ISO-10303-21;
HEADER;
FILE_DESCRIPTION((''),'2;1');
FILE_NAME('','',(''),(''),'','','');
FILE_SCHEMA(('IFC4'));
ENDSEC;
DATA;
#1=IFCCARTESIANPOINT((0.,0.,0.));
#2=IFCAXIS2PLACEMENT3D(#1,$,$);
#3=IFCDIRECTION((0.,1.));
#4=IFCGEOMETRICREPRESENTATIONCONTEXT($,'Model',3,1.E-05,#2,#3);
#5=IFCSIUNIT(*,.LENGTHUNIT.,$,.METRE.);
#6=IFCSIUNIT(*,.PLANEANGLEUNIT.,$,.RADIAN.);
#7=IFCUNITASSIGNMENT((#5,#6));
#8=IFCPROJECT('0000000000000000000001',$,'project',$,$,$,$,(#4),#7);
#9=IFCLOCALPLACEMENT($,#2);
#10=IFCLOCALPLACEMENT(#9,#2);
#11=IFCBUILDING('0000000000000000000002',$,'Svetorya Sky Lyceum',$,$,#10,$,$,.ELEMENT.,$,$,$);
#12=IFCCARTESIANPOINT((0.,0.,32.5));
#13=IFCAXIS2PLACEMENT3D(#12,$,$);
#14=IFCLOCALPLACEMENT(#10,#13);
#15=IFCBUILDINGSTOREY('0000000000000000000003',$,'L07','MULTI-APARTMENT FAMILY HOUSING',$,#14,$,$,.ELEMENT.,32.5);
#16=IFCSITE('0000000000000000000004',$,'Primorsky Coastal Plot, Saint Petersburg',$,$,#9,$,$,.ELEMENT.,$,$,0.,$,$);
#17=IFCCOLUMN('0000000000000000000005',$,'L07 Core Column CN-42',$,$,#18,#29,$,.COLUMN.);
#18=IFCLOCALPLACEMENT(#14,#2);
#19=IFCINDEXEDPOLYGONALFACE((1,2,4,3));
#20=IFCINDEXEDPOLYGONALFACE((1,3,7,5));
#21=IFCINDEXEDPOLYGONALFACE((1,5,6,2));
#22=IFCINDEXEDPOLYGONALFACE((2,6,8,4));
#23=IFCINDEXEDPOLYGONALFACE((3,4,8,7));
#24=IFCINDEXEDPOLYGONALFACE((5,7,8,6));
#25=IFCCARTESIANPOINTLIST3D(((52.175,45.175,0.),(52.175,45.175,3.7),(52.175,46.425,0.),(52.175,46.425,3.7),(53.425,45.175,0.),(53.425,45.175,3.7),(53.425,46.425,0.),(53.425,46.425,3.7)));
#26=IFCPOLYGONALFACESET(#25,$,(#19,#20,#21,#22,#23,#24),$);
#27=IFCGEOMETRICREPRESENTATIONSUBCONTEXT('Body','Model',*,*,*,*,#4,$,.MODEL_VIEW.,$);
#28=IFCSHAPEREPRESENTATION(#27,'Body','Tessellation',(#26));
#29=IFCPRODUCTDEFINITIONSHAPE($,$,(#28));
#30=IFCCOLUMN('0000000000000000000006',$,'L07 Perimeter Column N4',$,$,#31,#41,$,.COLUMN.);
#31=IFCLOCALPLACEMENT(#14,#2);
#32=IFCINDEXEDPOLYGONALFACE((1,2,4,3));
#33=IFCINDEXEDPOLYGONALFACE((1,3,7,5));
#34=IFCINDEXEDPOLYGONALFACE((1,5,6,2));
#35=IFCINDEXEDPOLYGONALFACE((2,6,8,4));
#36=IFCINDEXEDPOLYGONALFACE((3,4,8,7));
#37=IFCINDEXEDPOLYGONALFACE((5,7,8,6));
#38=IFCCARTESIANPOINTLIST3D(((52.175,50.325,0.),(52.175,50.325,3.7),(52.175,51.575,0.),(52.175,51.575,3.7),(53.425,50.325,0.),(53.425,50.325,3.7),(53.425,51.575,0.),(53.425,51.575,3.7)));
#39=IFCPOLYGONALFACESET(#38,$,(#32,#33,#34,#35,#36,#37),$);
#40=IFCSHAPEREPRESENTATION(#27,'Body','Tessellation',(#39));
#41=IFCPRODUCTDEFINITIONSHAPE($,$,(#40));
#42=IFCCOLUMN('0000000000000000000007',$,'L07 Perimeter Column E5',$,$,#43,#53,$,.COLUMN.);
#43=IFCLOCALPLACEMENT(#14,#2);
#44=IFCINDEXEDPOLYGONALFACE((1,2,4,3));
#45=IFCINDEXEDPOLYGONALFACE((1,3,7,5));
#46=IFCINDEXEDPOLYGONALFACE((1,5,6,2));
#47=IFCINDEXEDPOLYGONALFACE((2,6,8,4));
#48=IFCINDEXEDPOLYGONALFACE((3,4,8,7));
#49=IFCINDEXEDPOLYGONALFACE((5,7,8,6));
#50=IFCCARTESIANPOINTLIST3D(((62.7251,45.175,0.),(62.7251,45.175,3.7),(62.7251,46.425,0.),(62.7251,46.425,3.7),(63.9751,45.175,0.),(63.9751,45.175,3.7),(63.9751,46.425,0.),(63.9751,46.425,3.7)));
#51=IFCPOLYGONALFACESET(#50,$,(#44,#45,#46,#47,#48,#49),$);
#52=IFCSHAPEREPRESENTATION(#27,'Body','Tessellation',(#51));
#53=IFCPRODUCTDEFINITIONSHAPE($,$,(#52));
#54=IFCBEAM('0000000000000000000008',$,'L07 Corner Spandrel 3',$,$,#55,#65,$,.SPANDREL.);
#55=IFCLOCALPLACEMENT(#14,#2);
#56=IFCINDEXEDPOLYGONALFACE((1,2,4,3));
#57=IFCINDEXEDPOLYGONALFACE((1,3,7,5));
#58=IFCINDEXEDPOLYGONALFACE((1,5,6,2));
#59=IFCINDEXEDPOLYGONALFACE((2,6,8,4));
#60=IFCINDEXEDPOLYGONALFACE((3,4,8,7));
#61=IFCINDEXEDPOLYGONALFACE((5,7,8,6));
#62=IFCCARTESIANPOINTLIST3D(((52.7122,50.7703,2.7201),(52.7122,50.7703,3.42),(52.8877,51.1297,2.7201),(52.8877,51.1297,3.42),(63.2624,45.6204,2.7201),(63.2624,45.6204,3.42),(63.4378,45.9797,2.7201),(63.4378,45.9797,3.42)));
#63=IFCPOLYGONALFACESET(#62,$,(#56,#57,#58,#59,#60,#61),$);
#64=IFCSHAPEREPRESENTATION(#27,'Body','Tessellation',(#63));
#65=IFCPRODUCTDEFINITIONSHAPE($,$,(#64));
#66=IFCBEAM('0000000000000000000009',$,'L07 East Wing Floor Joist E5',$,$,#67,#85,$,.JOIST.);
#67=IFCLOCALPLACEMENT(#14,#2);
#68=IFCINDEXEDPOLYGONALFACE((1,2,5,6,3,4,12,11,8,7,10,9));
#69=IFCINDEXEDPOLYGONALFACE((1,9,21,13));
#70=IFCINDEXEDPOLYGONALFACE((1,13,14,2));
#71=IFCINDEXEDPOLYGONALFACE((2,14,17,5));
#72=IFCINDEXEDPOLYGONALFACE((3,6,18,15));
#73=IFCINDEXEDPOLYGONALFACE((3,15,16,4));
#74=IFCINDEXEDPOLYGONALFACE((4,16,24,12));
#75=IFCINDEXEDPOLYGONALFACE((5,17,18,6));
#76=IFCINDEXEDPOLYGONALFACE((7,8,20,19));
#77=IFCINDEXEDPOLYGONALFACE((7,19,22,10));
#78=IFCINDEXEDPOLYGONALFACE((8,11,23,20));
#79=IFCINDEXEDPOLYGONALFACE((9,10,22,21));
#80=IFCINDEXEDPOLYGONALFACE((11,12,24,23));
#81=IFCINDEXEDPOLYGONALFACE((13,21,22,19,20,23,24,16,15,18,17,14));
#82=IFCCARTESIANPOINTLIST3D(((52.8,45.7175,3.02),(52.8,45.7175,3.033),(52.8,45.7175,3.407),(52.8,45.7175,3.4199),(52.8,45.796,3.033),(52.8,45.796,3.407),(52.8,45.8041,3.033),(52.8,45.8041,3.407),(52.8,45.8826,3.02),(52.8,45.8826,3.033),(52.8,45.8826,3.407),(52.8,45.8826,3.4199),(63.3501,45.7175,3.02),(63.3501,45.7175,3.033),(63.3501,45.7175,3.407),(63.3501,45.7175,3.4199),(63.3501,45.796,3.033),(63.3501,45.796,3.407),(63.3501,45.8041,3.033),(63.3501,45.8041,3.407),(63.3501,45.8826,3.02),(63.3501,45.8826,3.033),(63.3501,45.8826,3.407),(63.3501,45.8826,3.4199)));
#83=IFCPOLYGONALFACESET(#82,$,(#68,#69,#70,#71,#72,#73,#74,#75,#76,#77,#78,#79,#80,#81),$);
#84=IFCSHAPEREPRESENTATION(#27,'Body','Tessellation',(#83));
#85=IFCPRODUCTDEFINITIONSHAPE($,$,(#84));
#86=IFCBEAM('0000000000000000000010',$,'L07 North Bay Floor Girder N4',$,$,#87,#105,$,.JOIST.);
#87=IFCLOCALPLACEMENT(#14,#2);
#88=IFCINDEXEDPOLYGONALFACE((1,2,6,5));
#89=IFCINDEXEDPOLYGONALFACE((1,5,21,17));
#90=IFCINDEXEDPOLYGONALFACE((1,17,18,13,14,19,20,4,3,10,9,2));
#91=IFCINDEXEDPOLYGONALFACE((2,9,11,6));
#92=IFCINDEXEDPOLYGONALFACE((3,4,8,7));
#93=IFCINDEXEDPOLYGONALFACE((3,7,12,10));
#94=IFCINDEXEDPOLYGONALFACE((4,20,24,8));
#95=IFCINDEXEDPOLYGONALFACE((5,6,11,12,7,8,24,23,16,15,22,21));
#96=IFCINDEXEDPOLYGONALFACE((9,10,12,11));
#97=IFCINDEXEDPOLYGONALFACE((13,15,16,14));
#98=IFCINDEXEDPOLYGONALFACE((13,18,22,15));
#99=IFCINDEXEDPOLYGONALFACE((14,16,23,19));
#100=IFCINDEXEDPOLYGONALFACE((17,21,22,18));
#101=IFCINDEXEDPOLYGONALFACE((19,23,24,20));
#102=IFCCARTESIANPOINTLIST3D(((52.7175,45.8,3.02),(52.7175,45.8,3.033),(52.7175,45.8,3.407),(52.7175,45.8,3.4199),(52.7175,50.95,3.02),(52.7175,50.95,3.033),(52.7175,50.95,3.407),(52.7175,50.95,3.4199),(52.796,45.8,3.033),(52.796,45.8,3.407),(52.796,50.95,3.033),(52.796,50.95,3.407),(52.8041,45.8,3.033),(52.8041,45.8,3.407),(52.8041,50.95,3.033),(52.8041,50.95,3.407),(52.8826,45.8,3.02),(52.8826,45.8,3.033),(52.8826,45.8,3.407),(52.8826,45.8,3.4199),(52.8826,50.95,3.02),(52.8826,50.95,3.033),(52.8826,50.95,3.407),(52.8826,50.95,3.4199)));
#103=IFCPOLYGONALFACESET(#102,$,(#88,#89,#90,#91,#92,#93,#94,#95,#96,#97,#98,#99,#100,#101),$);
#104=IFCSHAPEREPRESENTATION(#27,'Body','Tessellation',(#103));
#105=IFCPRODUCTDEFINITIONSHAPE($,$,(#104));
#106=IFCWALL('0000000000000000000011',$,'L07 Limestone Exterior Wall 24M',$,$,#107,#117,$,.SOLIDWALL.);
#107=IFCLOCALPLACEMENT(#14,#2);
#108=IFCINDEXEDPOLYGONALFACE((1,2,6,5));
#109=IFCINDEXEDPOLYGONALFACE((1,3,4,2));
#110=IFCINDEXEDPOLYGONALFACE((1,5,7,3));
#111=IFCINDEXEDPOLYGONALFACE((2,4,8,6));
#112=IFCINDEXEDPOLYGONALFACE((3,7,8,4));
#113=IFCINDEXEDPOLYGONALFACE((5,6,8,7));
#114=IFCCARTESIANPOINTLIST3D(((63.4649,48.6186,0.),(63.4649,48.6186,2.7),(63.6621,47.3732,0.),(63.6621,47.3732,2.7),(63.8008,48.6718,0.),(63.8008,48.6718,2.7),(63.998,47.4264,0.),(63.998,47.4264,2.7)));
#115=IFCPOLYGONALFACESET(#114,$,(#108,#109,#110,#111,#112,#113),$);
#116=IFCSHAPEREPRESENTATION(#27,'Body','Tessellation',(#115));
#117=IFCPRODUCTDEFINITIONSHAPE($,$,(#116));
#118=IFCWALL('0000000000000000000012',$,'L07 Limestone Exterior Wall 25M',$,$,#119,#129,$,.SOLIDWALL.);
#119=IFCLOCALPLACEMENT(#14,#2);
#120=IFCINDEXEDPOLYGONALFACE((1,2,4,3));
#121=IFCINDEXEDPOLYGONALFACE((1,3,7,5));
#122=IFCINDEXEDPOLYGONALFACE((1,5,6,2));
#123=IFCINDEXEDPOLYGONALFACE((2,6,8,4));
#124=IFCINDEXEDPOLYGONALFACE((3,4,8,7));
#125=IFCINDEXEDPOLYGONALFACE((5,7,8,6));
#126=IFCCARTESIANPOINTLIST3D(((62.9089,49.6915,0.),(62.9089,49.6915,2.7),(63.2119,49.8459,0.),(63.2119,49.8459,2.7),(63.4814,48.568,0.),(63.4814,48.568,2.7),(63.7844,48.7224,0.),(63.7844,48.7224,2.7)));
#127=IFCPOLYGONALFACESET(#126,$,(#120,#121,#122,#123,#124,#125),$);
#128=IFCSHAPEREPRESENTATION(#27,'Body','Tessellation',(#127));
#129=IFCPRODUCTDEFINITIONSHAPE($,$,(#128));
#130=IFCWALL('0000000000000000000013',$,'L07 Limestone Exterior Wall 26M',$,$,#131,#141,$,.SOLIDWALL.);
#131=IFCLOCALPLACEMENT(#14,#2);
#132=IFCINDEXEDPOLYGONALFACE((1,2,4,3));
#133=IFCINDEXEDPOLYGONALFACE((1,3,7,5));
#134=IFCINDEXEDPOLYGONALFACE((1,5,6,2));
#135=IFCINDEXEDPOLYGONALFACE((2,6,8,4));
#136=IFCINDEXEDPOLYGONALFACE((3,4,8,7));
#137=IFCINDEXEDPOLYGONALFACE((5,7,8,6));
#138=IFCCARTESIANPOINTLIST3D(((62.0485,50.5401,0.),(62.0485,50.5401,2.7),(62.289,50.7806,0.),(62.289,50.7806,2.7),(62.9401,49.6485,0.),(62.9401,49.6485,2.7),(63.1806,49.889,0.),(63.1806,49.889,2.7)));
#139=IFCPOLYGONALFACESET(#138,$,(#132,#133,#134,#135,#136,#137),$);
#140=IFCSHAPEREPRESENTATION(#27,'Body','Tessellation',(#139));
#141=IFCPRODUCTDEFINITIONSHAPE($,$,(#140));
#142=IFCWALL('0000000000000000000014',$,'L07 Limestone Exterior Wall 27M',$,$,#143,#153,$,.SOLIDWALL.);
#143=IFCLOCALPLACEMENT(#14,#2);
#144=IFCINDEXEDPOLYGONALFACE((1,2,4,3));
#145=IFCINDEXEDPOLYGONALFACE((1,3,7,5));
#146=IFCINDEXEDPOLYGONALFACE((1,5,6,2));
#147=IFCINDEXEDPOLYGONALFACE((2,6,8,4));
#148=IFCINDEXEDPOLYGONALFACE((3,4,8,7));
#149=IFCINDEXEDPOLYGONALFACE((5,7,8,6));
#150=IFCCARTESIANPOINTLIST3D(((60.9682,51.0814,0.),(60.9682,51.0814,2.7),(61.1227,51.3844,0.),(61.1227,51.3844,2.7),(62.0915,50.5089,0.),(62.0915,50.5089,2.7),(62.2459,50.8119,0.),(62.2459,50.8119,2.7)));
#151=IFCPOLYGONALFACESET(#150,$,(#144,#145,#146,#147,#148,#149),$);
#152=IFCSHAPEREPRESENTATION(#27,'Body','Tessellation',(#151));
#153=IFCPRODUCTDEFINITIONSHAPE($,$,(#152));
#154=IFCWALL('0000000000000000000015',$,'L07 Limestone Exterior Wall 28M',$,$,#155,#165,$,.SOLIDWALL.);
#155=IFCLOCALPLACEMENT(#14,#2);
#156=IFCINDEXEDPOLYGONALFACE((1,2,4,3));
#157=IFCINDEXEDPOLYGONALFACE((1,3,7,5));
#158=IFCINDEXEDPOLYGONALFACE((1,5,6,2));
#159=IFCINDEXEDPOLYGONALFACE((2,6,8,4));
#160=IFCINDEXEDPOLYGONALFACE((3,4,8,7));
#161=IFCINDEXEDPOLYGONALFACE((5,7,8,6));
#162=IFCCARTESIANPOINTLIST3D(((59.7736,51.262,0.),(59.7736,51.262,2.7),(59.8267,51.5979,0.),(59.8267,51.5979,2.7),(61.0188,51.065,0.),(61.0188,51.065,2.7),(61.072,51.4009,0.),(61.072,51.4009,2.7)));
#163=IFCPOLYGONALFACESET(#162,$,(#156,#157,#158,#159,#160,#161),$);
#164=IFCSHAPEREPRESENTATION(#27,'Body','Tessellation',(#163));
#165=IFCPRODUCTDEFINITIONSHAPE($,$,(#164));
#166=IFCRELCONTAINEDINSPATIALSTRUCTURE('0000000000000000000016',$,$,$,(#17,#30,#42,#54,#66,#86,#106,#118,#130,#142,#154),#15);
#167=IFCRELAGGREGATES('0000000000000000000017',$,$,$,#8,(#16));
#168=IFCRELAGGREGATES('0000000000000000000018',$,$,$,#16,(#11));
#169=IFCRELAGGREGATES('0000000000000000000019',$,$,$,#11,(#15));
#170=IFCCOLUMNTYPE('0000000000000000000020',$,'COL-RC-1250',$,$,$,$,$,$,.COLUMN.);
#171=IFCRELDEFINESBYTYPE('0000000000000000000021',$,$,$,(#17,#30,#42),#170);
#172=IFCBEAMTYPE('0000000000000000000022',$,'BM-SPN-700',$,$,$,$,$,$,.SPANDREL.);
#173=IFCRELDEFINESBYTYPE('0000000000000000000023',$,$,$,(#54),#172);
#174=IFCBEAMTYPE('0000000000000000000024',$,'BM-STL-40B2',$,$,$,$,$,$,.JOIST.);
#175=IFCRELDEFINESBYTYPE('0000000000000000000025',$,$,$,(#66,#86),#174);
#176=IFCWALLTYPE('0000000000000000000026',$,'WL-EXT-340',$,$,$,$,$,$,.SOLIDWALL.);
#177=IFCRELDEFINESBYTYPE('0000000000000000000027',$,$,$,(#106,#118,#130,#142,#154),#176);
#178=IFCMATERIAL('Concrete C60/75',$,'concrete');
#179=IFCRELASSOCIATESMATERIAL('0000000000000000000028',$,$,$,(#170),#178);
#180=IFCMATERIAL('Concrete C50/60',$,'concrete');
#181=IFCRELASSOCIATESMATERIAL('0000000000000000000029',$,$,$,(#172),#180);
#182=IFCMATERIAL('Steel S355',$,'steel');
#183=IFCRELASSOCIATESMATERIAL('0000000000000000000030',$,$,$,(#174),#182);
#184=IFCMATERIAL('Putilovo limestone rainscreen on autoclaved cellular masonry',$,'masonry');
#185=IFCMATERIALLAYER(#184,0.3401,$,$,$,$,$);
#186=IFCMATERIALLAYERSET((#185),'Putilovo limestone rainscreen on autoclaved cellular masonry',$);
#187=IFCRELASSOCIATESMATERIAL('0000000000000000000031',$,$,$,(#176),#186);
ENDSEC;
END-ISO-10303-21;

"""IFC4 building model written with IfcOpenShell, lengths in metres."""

from ifc_helpers import new_model, si_unit, direction, frame, frame_2d, origin, origin_2d, place, context, subcontext, project, spatial, rectangle, i_section, extrude, material, layer, layer_set, material_profile, profile_set, type_object, element, save


model = new_model("IFC4")

# Units and contexts
model_context = context("Model", 3, precision=1e-05, world=origin(), true_north=direction((0.0, 1.0)))
body_context = subcontext(model_context, "Body", "Model", "MODEL_VIEW")
ifc_project = project(units=[si_unit("LENGTHUNIT", "METRE"), si_unit("PLANEANGLEUNIT", "RADIAN")], contexts=[model_context])

# Site, building, storey
site_placement = place(None, origin())
site = spatial("IfcSite", under=ifc_project, at=site_placement, Name="Primorsky Coastal Plot, Saint Petersburg", CompositionType="ELEMENT", RefElevation=0.0)
building_placement = place(site_placement, origin())
building = spatial("IfcBuilding", under=site, at=building_placement, Name="Svetorya Sky Lyceum", CompositionType="ELEMENT")
storey_placement = place(building_placement, frame((0.0, 0.0, 32.5)))
storey = spatial("IfcBuildingStorey", under=building, at=storey_placement, Name="L07", Description="MULTI-APARTMENT FAMILY HOUSING", CompositionType="ELEMENT", Elevation=32.5)

# Columns
ifc_material_1 = material(Name="Concrete C60/75", Category="concrete")
ifc_material_profile_1 = material_profile(ifc_material_1, rectangle(XDim=1.25, YDim=1.25, at=origin_2d()), Name="RC COL 1250x1250")
ifc_profile_set_1 = profile_set([ifc_material_profile_1], Name="Concrete C60/75")
column_type = type_object("IfcColumnType", Name="COL-RC-1250", PredefinedType="COLUMN", material=ifc_profile_set_1)
for number, where, z_axis, x_axis, name in (
    (1, (52.8, 45.8, 0.0), (0.0, 0.0, 1.0), (1.0, 0.0, 0.0), "L07 Core Column CN-42"),
    (2, (52.8, 50.95, 0.0), (0.0, 0.0, 1.0), (1.0, 0.0, 0.0), "L07 Perimeter Column N4"),
    (3, (63.3501, 45.8, 0.0), (0.0, 0.0, 1.0), (1.0, 0.0, 0.0), "L07 Perimeter Column E5"),
):
    element("IfcColumn", number, at=place(storey_placement, frame(where, z_axis=z_axis, x_axis=x_axis)), inside=storey, type_object=column_type, Name=name, PredefinedType="COLUMN", context=body_context, shape_type="SweptSolid", body=[
        extrude(rectangle(XDim=1.25, YDim=1.25, at=origin_2d()), origin(), (0.0, 0.0, 1.0), 3.7),
    ])

# Beams
ifc_material_2 = material(Name="Concrete C50/60", Category="concrete")
ifc_material_profile_2 = material_profile(ifc_material_2, rectangle(XDim=0.3999, YDim=0.7, at=origin_2d()), Name="RC SPANDREL 400x700")
ifc_profile_set_2 = profile_set([ifc_material_profile_2], Name="Concrete C50/60")
beam_type_1 = type_object("IfcBeamType", Name="BM-SPN-700", PredefinedType="SPANDREL", material=ifc_profile_set_2)
beam_1_placement = place(storey_placement, frame((63.3501, 45.8, 3.0701), z_axis=(-0.89865, 0.438667, 0.0), x_axis=(-0.438667, -0.89865, 0.0)))
element("IfcBeam", 4, at=beam_1_placement, inside=storey, type_object=beam_type_1, Name="L07 Corner Spandrel 3", PredefinedType="SPANDREL", context=body_context, shape_type="SweptSolid", body=[
    extrude(rectangle(XDim=0.3999, YDim=0.7, at=origin_2d()), origin(), (0.0, 0.0, 1.0), 11.74),
])
ifc_material_3 = material(Name="Steel S355", Category="steel")
ifc_material_profile_3 = material_profile(ifc_material_3, i_section(OverallWidth=0.165, OverallDepth=0.3999, WebThickness=0.0081, FlangeThickness=0.0129, at=origin_2d()), Name="GOST 40B2")
ifc_profile_set_3 = profile_set([ifc_material_profile_3], Name="Steel S355")
beam_type_2 = type_object("IfcBeamType", Name="BM-STL-40B2", PredefinedType="JOIST", material=ifc_profile_set_3)
beam_2_placement = place(storey_placement, frame((52.8, 45.8, 3.22), z_axis=(1.0, 0.0, 0.0), x_axis=(0.0, 1.0, 0.0)))
element("IfcBeam", 5, at=beam_2_placement, inside=storey, type_object=beam_type_2, Name="L07 East Wing Floor Joist E5", PredefinedType="JOIST", context=body_context, shape_type="SweptSolid", body=[
    extrude(i_section(OverallWidth=0.165, OverallDepth=0.3999, WebThickness=0.0081, FlangeThickness=0.0129, at=origin_2d()), origin(), (0.0, 0.0, 1.0), 10.55),
])
beam_3_placement = place(storey_placement, frame((52.8, 45.8, 3.22), z_axis=(0.0, 1.0, 0.0), x_axis=(-1.0, 0.0, 0.0)))
element("IfcBeam", 6, at=beam_3_placement, inside=storey, type_object=beam_type_2, Name="L07 North Bay Floor Girder N4", PredefinedType="JOIST", context=body_context, shape_type="SweptSolid", body=[
    extrude(i_section(OverallWidth=0.165, OverallDepth=0.3999, WebThickness=0.0081, FlangeThickness=0.0129, at=origin_2d()), origin(), (0.0, 0.0, 1.0), 5.1499),
])

# Walls
ifc_material_4 = material(Name="Putilovo limestone rainscreen on autoclaved cellular masonry", Category="masonry")
ifc_layer_1 = layer(ifc_material_4, 0.3401)
ifc_layer_set_1 = layer_set([ifc_layer_1], Name="Putilovo limestone rainscreen on autoclaved cellular masonry")
wall_type_1 = type_object("IfcWallType", Name="WL-EXT-340", PredefinedType="SOLIDWALL", material=ifc_layer_set_1)
for number, where, z_axis, x_axis, name in (
    (7, (63.8301, 47.3999, 0.0), (0.0, 0.0, 1.0), (-0.15645, 0.987686, 0.0), "L07 Limestone Exterior Wall 24M"),
    (8, (63.6328, 48.6453, 0.0), (0.0, 0.0, 1.0), (-0.454016, 0.890994, 0.0), "L07 Limestone Exterior Wall 25M"),
    (9, (63.0603, 49.7688, 0.0), (0.0, 0.0, 1.0), (-0.707107, 0.707107, 0.0), "L07 Limestone Exterior Wall 26M"),
):
    element("IfcWall", number, at=place(storey_placement, frame(where, z_axis=z_axis, x_axis=x_axis)), inside=storey, type_object=wall_type_1, Name=name, PredefinedType="SOLIDWALL", context=body_context, shape_type="SweptSolid", body=[
        extrude(rectangle(XDim=1.261, YDim=0.3401, at=frame_2d((0.6304, 0.0))), origin(), (0.0, 0.0, 1.0), 2.7),
    ])
for number, where, z_axis, x_axis, name in (
    (10, (62.1687, 50.6604, 0.0), (0.0, 0.0, 1.0), (-0.890954, 0.454094, 0.0), "L07 Limestone Exterior Wall 27M"),
    (11, (61.0454, 51.2329, 0.0), (0.0, 0.0, 1.0), (-0.987716, 0.156261, 0.0), "L07 Limestone Exterior Wall 28M"),
):
    element("IfcWall", number, at=place(storey_placement, frame(where, z_axis=z_axis, x_axis=x_axis)), inside=storey, type_object=wall_type_1, Name=name, PredefinedType="SOLIDWALL", context=body_context, shape_type="SweptSolid", body=[
        extrude(rectangle(XDim=1.2607, YDim=0.3401, at=frame_2d((0.6304, 0.0))), origin(), (0.0, 0.0, 1.0), 2.7),
    ])

save(model, "model.ifc")
